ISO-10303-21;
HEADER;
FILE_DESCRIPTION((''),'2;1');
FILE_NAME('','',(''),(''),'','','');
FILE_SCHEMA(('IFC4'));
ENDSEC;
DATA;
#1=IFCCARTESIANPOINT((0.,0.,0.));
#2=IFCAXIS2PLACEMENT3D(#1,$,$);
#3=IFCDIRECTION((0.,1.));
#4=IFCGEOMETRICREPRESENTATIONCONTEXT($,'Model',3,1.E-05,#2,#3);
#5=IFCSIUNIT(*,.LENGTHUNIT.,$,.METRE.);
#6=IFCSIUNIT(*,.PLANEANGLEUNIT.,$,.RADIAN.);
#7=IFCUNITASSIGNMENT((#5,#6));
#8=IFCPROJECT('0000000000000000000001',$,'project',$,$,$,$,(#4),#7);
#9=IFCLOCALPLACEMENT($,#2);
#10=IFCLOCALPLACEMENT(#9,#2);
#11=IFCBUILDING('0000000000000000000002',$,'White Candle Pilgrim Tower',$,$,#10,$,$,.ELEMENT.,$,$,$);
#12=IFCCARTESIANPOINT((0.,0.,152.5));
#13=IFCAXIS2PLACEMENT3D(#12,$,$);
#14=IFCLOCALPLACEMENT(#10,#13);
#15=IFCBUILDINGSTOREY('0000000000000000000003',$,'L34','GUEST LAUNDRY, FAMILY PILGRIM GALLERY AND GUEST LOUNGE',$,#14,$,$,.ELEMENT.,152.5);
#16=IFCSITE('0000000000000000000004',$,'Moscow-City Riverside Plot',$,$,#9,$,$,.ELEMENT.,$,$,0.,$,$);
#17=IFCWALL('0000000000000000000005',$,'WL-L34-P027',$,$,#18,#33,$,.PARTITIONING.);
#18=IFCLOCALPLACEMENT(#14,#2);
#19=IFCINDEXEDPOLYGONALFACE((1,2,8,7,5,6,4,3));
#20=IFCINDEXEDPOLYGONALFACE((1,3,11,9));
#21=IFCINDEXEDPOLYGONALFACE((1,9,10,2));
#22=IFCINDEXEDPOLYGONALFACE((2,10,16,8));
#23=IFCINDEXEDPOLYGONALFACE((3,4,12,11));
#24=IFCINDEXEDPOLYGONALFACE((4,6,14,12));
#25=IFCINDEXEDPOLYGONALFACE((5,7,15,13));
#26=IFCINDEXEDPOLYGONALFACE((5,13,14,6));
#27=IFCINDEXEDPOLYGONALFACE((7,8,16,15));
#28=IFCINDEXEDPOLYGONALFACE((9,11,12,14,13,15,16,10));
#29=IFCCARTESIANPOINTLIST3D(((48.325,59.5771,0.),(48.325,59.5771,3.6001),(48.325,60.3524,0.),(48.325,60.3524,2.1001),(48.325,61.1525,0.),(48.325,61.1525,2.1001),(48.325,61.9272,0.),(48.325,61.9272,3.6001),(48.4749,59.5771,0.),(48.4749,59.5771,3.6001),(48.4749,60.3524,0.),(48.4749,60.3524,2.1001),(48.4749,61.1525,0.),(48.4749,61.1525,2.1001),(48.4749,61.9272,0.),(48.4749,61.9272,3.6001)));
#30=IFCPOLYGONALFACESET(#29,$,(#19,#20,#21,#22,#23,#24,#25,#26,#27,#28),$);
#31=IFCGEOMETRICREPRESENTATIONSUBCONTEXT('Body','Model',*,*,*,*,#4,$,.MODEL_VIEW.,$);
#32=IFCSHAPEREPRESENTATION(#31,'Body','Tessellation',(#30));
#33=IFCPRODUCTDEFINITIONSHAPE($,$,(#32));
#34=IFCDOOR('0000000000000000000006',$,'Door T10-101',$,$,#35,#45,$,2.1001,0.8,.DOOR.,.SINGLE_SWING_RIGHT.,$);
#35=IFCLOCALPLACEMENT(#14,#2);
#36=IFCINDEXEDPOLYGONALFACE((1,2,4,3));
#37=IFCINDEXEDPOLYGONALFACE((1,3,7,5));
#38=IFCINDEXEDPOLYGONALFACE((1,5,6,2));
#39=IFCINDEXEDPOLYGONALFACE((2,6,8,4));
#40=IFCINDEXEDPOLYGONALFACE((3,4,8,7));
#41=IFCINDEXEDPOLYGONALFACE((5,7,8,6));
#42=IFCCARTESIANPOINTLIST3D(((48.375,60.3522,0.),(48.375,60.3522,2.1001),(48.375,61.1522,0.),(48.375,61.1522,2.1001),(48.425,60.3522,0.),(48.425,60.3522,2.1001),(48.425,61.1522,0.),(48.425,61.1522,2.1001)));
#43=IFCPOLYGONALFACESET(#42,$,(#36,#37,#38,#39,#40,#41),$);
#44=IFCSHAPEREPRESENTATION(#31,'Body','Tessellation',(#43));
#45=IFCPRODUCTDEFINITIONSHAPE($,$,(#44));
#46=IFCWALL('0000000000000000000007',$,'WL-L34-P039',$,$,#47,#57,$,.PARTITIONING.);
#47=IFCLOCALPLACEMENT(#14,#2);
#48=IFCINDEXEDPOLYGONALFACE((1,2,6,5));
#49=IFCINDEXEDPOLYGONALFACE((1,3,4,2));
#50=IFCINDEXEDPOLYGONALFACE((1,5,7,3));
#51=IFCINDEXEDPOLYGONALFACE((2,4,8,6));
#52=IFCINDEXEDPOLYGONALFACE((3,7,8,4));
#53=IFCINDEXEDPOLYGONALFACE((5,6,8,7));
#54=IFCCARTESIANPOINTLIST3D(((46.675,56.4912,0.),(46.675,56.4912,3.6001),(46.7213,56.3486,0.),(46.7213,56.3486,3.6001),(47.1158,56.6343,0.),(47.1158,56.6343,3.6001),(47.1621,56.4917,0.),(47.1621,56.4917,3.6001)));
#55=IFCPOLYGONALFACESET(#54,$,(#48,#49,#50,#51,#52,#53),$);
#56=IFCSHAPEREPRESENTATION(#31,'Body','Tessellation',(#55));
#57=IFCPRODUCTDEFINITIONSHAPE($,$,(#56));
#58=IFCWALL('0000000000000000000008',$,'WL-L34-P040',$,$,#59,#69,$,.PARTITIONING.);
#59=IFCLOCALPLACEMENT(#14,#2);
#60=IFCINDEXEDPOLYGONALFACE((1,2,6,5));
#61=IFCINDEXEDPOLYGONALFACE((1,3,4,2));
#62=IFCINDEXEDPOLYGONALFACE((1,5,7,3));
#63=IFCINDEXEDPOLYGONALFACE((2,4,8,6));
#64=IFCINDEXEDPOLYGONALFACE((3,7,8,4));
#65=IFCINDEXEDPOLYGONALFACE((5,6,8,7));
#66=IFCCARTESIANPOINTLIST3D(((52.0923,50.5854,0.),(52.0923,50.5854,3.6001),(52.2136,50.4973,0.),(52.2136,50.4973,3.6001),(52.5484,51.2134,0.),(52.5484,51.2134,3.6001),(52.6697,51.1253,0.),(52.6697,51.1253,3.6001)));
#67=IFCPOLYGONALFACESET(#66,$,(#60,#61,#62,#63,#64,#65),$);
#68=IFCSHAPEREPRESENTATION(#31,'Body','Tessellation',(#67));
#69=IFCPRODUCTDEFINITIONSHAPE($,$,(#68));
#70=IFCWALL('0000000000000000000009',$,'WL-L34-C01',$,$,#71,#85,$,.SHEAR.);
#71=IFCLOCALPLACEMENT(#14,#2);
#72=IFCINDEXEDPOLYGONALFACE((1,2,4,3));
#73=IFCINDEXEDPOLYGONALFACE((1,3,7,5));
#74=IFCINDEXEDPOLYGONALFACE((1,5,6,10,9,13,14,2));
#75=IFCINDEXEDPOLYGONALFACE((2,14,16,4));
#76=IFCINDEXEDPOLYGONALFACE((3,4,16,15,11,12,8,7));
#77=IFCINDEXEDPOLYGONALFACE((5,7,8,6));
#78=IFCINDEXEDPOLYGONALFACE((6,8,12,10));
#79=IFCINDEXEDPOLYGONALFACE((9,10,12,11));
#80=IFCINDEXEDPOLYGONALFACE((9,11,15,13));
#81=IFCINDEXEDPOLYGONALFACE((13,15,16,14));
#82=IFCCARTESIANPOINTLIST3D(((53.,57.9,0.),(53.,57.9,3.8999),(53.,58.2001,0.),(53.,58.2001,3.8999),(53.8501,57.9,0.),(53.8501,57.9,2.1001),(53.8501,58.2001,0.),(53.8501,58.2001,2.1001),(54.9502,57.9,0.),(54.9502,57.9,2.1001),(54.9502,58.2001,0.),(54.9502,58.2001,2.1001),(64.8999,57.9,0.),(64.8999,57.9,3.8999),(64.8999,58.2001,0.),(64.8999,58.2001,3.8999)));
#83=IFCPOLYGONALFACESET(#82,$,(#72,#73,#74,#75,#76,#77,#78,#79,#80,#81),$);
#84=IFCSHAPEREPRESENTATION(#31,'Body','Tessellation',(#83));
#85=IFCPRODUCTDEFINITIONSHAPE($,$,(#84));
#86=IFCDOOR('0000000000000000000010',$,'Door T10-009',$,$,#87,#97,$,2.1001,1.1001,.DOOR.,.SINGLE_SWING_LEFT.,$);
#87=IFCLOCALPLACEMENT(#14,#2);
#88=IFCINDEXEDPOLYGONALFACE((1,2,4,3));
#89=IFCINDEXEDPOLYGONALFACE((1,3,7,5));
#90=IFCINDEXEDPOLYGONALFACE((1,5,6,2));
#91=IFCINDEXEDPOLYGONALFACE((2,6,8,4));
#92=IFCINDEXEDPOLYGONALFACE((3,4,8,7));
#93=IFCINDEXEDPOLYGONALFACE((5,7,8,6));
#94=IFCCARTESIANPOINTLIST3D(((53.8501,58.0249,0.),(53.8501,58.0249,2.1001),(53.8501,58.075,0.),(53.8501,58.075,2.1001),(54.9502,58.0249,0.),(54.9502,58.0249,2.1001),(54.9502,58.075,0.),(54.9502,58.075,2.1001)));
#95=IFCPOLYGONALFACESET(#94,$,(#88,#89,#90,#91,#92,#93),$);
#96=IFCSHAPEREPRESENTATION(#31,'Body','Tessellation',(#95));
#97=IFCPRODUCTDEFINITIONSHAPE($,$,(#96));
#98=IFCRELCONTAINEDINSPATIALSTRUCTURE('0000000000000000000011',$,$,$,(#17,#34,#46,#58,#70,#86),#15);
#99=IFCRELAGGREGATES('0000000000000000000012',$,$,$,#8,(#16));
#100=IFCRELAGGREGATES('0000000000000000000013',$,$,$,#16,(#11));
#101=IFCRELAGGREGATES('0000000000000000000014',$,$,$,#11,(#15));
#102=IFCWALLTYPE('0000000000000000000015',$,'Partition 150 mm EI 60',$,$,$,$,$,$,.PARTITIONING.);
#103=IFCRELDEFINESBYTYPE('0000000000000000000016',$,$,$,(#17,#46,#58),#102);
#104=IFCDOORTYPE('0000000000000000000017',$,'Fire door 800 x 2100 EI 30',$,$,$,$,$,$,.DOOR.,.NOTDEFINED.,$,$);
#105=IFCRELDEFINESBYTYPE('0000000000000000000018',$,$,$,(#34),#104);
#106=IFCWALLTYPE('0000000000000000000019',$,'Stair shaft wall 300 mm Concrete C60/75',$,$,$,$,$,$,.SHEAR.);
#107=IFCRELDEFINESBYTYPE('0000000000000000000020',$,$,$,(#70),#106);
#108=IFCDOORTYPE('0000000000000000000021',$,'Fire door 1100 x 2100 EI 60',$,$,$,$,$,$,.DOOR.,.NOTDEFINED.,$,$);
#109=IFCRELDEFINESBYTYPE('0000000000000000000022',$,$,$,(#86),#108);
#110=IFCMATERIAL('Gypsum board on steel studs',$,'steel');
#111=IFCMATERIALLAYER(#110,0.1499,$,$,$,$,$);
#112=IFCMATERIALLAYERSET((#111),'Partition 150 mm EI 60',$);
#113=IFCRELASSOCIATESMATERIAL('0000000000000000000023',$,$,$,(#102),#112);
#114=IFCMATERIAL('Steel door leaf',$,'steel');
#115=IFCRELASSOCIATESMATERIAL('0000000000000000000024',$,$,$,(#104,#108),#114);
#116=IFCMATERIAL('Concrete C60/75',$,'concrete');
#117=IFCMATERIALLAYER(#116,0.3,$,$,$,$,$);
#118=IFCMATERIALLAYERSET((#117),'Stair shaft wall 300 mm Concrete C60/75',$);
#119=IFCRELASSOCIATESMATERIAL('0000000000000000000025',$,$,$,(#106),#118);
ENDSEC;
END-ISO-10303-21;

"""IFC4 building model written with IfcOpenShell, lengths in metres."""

from ifc_helpers import new_model, si_unit, direction, frame, frame_2d, origin, place, context, subcontext, project, spatial, rectangle, extrude, material, layer, layer_set, type_object, element, fill, save


model = new_model("IFC4")

# Units and contexts
model_context = context("Model", 3, precision=1e-05, world=origin(), true_north=direction((0.0, 1.0)))
body_context = subcontext(model_context, "Body", "Model", "MODEL_VIEW")
ifc_project = project(units=[si_unit("LENGTHUNIT", "METRE"), si_unit("PLANEANGLEUNIT", "RADIAN")], contexts=[model_context])

# Site, building, storey
site_placement = place(None, origin())
site = spatial("IfcSite", under=ifc_project, at=site_placement, Name="Moscow-City Riverside Plot", CompositionType="ELEMENT", RefElevation=0.0)
building_placement = place(site_placement, origin())
building = spatial("IfcBuilding", under=site, at=building_placement, Name="White Candle Pilgrim Tower", CompositionType="ELEMENT")
storey_placement = place(building_placement, frame((0.0, 0.0, 152.5)))
storey = spatial("IfcBuildingStorey", under=building, at=storey_placement, Name="L34", Description="GUEST LAUNDRY, FAMILY PILGRIM GALLERY AND GUEST LOUNGE", CompositionType="ELEMENT", Elevation=152.5)

# Shared definitions
ifc_material_1 = material(Name="Gypsum board on steel studs", Category="steel")
ifc_material_2 = material(Name="Steel door leaf", Category="steel")

# Shared definitions
ifc_layer_1 = layer(ifc_material_1, 0.1499)
ifc_layer_set_1 = layer_set([ifc_layer_1], Name="Partition 150 mm EI 60")
wall_type_1 = type_object("IfcWallType", Name="Partition 150 mm EI 60", PredefinedType="PARTITIONING", material=ifc_layer_set_1)

# Wall, opening, door
wall_1_placement = place(storey_placement, frame((48.3999, 61.9272, 0.0), z_axis=(0.0, 0.0, 1.0), x_axis=(0.0, -1.0, 0.0)))
wall_1 = element("IfcWall", 1, at=wall_1_placement, inside=storey, type_object=wall_type_1, Name="WL-L34-P027", PredefinedType="PARTITIONING", context=body_context, shape_type="SweptSolid", body=[
    extrude(rectangle(XDim=2.3501, YDim=0.1499, at=frame_2d((1.175, 0.0))), origin(), (0.0, 0.0, 1.0), 3.6001),
])
opening_1_placement = place(wall_1_placement, frame((0.7749, 0.0, 0.0)))
opening_1 = element("IfcOpeningElement", 2, at=opening_1_placement, cuts=wall_1, PredefinedType="OPENING", context=body_context, shape_type="SweptSolid", body=[
    extrude(rectangle(XDim=0.8, YDim=2.1001, at=frame_2d((0.3999, 1.05))), frame((0.0, 0.085, 0.0), z_axis=(0.0, -1.0, 0.0), x_axis=(1.0, 0.0, 0.0)), (0.0, 0.0, 1.0), 0.1699),
])
door_type_1 = type_object("IfcDoorType", Name="Fire door 800 x 2100 EI 30", OperationType="NOTDEFINED", PredefinedType="DOOR", material=ifc_material_2)
door_1_placement = place(opening_1_placement, frame((0.8, 0.0, 0.0), z_axis=(0.0, 0.0, 1.0), x_axis=(-1.0, 0.0, 0.0)))
door_1 = element("IfcDoor", 3, at=door_1_placement, inside=storey, type_object=door_type_1, Name="Door T10-101", OperationType="SINGLE_SWING_RIGHT", OverallHeight=2.1001, OverallWidth=0.8, PredefinedType="DOOR", context=body_context, shape_type="SweptSolid", body=[
    extrude(rectangle(XDim=0.8, YDim=2.1001, at=frame_2d((0.3999, 1.05))), frame((0.0, 0.0249, 0.0), z_axis=(0.0, -1.0, 0.0), x_axis=(1.0, 0.0, 0.0)), (0.0, 0.0, 1.0), 0.05),
])
fill(opening_1, door_1)

# Walls
wall_2_placement = place(storey_placement, frame((47.1389, 56.563, 0.0), z_axis=(0.0, 0.0, 1.0), x_axis=(-0.951131, -0.308788, 0.0)))
element("IfcWall", 4, at=wall_2_placement, inside=storey, type_object=wall_type_1, Name="WL-L34-P039", PredefinedType="PARTITIONING", context=body_context, shape_type="SweptSolid", body=[
    extrude(rectangle(XDim=0.4634, YDim=0.1499, at=frame_2d((0.2317, 0.0))), origin(), (0.0, 0.0, 1.0), 3.6001),
])
wall_3_placement = place(storey_placement, frame((52.6091, 51.1694, 0.0), z_axis=(0.0, 0.0, 1.0), x_axis=(-0.587648, -0.809117, 0.0)))
element("IfcWall", 5, at=wall_3_placement, inside=storey, type_object=wall_type_1, Name="WL-L34-P040", PredefinedType="PARTITIONING", context=body_context, shape_type="SweptSolid", body=[
    extrude(rectangle(XDim=0.7761, YDim=0.1499, at=frame_2d((0.3882, 0.0))), origin(), (0.0, 0.0, 1.0), 3.6001),
])

# Wall, opening, door
ifc_material_3 = material(Name="Concrete C60/75", Category="concrete")
ifc_layer_2 = layer(ifc_material_3, 0.3)
ifc_layer_set_2 = layer_set([ifc_layer_2], Name="Stair shaft wall 300 mm Concrete C60/75")
wall_type_2 = type_object("IfcWallType", Name="Stair shaft wall 300 mm Concrete C60/75", PredefinedType="SHEAR", material=ifc_layer_set_2)
wall_4_placement = place(storey_placement, frame((53.0, 58.05, 0.0), z_axis=(0.0, 0.0, 1.0), x_axis=(1.0, 0.0, 0.0)))
wall_4 = element("IfcWall", 6, at=wall_4_placement, inside=storey, type_object=wall_type_2, Name="WL-L34-C01", PredefinedType="SHEAR", context=body_context, shape_type="SweptSolid", body=[
    extrude(rectangle(XDim=11.8999, YDim=0.3, at=frame_2d((5.95, 0.0))), origin(), (0.0, 0.0, 1.0), 3.8999),
])
opening_2_placement = place(wall_4_placement, frame((0.8501, 0.0, 0.0)))
opening_2 = element("IfcOpeningElement", 7, at=opening_2_placement, cuts=wall_4, PredefinedType="OPENING", context=body_context, shape_type="SweptSolid", body=[
    extrude(rectangle(XDim=1.1001, YDim=2.1001, at=frame_2d((0.55, 1.05))), frame((0.0, 0.1599, 0.0), z_axis=(0.0, -1.0, 0.0), x_axis=(1.0, 0.0, 0.0)), (0.0, 0.0, 1.0), 0.3201),
])
door_type_2 = type_object("IfcDoorType", Name="Fire door 1100 x 2100 EI 60", OperationType="NOTDEFINED", PredefinedType="DOOR", material=ifc_material_2)
door_2_placement = place(opening_2_placement, origin())
door_2 = element("IfcDoor", 8, at=door_2_placement, inside=storey, type_object=door_type_2, Name="Door T10-009", OperationType="SINGLE_SWING_LEFT", OverallHeight=2.1001, OverallWidth=1.1001, PredefinedType="DOOR", context=body_context, shape_type="SweptSolid", body=[
    extrude(rectangle(XDim=1.1001, YDim=2.1001, at=frame_2d((0.55, 1.05))), frame((0.0, 0.0249, 0.0), z_axis=(0.0, -1.0, 0.0), x_axis=(1.0, 0.0, 0.0)), (0.0, 0.0, 1.0), 0.05),
])
fill(opening_2, door_2)

save(model, "model.ifc")
